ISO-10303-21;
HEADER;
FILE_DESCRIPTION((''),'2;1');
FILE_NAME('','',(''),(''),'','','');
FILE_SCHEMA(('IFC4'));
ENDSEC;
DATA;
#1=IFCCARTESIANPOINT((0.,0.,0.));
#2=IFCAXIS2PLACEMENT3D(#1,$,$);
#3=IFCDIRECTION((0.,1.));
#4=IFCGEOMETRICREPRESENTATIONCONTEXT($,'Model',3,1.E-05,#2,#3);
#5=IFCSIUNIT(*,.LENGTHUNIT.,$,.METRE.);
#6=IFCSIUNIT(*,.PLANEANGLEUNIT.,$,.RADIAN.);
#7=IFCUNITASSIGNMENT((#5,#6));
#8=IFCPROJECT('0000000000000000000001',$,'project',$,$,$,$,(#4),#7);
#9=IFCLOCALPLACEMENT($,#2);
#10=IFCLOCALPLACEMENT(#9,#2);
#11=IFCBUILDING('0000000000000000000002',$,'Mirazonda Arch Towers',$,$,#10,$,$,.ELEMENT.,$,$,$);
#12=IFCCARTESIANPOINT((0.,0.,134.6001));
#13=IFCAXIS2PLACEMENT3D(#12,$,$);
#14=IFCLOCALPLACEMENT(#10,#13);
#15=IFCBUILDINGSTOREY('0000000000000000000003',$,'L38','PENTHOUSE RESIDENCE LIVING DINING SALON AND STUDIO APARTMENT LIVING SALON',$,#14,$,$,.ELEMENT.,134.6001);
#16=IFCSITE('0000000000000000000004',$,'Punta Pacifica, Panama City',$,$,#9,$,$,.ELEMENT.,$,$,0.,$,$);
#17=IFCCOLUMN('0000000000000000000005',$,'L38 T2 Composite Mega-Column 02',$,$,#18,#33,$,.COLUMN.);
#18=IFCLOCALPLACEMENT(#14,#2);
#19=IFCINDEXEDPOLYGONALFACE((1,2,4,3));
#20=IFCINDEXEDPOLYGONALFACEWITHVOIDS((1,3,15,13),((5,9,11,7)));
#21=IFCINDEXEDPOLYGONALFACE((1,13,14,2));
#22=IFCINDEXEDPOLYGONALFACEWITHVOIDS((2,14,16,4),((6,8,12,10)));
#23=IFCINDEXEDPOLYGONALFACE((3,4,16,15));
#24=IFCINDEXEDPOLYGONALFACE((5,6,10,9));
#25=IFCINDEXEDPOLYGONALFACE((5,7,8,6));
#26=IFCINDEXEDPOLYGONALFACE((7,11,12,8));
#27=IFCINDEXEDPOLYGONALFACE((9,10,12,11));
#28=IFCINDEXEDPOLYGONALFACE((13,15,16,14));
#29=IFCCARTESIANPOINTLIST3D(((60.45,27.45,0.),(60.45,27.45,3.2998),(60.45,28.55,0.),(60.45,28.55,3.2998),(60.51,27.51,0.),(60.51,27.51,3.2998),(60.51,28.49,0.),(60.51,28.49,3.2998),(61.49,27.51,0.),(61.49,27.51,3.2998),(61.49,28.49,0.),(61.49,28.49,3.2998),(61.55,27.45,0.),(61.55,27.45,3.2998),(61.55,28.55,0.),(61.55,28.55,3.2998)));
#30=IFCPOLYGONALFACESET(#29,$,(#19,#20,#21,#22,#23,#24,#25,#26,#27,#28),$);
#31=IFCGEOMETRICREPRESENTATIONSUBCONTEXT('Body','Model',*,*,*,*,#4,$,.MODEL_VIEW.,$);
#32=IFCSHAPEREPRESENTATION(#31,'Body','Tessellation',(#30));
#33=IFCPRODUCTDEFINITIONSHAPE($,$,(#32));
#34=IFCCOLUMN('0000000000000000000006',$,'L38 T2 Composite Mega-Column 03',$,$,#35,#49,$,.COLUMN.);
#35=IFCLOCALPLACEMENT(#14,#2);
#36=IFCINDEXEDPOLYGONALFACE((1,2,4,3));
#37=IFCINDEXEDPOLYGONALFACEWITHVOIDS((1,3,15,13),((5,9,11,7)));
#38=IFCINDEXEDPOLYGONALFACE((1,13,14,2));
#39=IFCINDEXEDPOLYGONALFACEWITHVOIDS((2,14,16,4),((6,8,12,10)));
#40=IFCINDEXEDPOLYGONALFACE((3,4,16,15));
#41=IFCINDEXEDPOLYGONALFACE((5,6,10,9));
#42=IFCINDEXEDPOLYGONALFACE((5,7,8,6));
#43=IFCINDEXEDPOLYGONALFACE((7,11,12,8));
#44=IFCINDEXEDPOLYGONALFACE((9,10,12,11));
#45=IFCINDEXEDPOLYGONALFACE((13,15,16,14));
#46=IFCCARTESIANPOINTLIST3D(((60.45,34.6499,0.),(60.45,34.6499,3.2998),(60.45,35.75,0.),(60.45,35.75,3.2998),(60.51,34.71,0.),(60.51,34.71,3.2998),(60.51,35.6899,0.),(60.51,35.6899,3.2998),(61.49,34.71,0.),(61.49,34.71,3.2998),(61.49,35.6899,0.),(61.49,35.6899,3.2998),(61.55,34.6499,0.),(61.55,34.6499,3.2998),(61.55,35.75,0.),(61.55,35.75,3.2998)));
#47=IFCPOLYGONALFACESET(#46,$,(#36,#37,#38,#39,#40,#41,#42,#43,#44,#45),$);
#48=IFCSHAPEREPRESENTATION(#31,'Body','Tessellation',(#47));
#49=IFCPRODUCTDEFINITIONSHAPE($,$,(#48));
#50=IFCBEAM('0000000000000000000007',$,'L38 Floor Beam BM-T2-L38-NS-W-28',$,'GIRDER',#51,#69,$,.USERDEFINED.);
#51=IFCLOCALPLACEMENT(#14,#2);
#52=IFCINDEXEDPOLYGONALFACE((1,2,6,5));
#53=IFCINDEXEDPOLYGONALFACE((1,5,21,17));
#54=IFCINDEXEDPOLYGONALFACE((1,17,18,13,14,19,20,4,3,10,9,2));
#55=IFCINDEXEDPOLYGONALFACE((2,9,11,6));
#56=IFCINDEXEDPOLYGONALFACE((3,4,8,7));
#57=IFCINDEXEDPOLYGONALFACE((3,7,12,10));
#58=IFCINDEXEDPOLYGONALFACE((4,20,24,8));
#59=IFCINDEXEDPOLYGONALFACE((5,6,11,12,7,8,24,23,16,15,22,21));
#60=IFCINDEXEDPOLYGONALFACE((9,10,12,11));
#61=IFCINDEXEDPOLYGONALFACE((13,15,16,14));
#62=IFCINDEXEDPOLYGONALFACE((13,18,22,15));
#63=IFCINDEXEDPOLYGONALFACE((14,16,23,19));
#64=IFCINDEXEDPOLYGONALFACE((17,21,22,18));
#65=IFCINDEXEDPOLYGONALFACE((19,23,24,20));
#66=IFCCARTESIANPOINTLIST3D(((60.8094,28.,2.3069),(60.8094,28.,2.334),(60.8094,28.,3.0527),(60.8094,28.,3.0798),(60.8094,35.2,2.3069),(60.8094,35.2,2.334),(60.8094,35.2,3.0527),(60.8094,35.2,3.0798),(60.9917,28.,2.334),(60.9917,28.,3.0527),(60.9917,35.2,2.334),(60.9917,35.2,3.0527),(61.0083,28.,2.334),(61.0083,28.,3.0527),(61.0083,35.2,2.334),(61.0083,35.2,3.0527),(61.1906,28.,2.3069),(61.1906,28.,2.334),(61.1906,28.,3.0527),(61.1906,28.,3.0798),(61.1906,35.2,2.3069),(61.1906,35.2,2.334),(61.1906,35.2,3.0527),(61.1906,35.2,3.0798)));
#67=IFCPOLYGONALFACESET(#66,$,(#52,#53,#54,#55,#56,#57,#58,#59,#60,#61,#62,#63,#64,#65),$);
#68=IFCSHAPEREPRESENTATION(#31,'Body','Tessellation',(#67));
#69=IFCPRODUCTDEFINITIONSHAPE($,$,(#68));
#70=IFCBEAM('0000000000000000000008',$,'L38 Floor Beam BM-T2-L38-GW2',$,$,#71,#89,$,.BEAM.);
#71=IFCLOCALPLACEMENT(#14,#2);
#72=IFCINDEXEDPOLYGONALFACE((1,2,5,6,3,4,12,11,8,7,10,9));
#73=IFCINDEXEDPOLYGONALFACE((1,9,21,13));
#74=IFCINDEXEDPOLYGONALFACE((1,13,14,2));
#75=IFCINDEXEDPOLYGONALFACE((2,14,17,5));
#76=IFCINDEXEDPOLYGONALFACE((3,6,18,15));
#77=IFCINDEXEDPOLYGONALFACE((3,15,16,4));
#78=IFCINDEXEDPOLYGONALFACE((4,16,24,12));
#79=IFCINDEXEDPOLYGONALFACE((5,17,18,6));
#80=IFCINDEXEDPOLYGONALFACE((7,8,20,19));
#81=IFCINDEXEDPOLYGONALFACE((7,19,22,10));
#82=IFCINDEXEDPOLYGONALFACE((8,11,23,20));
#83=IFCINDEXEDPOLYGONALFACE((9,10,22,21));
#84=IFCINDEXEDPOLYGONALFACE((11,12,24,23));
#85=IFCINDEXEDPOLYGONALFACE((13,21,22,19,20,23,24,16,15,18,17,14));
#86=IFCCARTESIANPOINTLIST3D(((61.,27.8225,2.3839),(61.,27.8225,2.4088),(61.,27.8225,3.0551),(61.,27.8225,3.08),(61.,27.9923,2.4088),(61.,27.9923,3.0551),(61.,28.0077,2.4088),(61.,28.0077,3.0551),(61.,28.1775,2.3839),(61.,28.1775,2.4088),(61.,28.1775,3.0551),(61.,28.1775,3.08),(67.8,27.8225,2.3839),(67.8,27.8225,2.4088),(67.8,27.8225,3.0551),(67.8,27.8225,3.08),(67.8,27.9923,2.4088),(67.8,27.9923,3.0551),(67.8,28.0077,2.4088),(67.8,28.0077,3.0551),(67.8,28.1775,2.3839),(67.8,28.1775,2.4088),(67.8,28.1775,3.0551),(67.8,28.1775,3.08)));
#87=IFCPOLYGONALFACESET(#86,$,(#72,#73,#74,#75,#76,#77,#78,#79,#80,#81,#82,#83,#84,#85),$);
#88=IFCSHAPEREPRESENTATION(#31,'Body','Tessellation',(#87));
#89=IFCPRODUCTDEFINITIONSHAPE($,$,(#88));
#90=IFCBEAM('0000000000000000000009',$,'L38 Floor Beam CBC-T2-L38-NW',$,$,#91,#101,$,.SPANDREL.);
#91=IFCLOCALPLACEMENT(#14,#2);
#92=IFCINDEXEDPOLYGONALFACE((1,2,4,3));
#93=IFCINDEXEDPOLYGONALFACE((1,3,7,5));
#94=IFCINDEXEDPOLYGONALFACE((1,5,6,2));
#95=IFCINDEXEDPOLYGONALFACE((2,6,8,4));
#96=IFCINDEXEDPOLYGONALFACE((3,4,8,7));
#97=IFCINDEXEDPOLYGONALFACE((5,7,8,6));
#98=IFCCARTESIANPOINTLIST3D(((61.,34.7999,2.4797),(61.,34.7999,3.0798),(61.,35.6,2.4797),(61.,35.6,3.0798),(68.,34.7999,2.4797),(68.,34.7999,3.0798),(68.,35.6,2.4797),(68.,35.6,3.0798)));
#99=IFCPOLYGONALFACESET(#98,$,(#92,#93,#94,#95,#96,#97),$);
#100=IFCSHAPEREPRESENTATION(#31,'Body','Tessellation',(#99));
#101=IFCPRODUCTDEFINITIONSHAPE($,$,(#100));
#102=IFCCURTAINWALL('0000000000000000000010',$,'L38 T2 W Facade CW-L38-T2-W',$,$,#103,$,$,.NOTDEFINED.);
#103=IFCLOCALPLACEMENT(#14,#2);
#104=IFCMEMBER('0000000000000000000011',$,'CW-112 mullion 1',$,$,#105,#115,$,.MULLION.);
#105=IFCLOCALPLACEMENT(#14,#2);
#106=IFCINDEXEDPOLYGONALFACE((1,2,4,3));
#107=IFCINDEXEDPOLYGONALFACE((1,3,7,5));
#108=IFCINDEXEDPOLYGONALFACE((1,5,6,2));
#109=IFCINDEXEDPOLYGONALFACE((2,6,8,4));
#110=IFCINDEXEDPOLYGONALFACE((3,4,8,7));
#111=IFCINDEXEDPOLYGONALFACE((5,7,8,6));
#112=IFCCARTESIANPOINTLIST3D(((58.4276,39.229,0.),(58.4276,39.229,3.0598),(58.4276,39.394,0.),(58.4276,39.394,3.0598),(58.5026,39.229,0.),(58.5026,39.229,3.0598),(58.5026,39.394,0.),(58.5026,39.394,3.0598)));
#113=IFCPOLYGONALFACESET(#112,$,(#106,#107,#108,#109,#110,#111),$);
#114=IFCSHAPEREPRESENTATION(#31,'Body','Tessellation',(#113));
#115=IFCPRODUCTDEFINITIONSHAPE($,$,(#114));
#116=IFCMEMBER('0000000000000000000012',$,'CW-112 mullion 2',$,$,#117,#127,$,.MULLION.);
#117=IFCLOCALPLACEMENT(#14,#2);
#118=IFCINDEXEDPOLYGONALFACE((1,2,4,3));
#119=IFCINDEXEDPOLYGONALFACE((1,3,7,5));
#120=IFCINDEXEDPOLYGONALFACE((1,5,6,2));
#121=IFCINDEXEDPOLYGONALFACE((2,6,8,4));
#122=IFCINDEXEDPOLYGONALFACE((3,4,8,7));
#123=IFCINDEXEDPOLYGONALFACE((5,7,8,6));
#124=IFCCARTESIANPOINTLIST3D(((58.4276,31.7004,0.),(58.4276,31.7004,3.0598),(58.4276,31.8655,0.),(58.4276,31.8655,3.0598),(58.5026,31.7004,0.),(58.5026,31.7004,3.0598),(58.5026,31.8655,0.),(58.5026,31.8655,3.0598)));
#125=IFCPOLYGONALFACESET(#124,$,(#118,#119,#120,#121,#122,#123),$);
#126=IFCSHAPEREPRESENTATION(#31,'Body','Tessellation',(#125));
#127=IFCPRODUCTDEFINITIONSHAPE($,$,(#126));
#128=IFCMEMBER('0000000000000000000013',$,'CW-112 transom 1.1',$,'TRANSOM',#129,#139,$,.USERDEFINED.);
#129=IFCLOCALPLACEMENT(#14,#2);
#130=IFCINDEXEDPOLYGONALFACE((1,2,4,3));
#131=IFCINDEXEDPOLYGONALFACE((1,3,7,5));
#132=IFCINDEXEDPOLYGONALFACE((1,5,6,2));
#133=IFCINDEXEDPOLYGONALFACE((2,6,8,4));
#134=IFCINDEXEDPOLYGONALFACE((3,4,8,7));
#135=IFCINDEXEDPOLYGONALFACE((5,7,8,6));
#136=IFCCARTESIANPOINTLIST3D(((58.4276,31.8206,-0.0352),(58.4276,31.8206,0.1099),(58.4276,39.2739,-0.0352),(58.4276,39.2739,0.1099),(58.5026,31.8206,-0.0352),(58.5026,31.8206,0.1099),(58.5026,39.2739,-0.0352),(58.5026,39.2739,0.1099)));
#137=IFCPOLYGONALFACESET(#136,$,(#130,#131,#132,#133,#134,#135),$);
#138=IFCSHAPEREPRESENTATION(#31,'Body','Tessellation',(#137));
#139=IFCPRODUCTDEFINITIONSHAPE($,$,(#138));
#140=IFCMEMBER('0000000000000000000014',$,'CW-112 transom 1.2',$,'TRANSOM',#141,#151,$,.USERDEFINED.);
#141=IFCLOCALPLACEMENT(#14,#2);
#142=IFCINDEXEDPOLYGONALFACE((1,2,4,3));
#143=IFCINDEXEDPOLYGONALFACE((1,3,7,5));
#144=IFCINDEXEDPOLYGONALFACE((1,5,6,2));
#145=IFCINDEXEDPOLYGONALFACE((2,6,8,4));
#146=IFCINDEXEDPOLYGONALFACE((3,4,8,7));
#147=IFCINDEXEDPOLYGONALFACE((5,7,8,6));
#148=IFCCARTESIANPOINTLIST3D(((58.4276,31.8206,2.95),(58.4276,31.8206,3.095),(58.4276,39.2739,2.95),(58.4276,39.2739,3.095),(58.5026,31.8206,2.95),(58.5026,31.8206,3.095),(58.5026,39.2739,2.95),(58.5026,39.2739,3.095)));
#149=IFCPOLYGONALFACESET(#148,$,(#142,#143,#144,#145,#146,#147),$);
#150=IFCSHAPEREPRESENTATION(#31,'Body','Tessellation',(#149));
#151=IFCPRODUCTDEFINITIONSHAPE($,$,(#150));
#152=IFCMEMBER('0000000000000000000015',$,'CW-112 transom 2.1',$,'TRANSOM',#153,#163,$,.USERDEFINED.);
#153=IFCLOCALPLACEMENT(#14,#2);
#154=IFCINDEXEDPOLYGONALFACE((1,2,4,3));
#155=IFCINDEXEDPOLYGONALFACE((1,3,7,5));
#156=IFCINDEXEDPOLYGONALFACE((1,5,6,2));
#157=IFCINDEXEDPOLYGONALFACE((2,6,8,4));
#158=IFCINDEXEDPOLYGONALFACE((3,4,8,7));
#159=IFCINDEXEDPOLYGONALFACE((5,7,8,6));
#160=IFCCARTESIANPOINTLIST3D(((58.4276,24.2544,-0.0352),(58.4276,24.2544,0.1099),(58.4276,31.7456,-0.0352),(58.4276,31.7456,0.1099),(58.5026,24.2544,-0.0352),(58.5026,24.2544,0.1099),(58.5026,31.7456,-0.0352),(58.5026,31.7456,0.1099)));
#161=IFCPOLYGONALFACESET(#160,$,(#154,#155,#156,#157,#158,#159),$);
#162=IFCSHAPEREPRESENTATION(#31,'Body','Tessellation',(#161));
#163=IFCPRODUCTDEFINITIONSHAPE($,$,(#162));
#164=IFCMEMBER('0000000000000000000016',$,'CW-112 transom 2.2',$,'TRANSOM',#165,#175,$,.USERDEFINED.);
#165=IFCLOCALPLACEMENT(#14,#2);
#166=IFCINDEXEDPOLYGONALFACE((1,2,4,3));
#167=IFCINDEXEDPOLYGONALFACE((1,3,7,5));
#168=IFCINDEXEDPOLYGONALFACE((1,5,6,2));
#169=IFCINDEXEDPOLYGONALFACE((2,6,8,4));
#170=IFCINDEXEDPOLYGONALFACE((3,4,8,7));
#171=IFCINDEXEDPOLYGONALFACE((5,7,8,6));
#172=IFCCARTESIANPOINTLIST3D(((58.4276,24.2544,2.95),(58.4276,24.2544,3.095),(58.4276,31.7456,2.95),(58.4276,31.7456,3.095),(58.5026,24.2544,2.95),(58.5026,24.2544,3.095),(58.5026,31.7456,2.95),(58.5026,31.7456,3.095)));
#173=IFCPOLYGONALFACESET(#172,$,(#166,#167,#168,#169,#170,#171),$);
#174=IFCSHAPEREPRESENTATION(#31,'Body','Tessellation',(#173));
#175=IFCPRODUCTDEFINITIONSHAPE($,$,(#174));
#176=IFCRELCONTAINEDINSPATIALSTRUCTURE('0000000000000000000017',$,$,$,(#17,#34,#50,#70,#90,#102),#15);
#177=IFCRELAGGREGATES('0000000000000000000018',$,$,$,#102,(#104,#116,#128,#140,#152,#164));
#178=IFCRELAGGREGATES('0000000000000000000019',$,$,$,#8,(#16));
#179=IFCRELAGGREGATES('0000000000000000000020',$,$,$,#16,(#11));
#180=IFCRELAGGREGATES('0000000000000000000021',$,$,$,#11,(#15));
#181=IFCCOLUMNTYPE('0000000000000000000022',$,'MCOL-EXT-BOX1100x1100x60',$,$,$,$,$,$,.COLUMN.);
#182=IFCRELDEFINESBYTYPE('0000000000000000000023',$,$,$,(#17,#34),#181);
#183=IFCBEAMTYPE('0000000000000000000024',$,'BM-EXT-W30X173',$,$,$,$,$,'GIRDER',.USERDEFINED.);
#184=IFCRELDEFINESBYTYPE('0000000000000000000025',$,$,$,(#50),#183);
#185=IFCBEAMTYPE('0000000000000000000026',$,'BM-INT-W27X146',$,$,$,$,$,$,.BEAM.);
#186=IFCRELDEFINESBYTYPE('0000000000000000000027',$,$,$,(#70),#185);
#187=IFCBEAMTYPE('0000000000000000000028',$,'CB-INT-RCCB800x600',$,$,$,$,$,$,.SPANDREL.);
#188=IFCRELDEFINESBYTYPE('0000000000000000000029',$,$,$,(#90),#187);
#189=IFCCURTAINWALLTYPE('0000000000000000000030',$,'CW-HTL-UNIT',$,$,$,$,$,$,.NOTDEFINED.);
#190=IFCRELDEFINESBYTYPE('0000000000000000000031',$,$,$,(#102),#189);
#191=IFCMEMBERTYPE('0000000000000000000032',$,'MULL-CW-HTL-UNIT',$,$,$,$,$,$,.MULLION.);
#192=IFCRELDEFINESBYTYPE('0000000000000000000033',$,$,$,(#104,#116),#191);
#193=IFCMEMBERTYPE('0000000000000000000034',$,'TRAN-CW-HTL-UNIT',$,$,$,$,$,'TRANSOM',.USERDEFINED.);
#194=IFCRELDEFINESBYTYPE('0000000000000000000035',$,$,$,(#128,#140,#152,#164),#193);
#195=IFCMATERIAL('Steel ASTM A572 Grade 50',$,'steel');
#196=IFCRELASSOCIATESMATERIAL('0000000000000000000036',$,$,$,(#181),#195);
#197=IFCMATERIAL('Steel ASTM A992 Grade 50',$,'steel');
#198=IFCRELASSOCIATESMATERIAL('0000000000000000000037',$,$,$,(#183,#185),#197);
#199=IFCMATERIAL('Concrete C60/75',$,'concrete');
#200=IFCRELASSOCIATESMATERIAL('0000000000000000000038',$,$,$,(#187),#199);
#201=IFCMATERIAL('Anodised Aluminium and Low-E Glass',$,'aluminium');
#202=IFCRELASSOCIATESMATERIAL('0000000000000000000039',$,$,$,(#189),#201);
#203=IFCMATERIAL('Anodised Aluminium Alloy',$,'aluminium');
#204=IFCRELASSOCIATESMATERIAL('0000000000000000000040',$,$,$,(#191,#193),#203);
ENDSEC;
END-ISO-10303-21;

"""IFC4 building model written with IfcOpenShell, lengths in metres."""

from ifc_helpers import new_model, si_unit, direction, frame, origin, origin_2d, place, context, subcontext, project, spatial, rectangle, hollow_rectangle, i_section, extrude, material, material_profile, profile_set, type_object, element, aggregate, save


model = new_model("IFC4")

# Units and contexts
model_context = context("Model", 3, precision=1e-05, world=origin(), true_north=direction((0.0, 1.0)))
body_context = subcontext(model_context, "Body", "Model", "MODEL_VIEW")
ifc_project = project(units=[si_unit("LENGTHUNIT", "METRE"), si_unit("PLANEANGLEUNIT", "RADIAN")], contexts=[model_context])

# Site, building, storey
site_placement = place(None, origin())
site = spatial("IfcSite", under=ifc_project, at=site_placement, Name="Punta Pacifica, Panama City", CompositionType="ELEMENT", RefElevation=0.0)
building_placement = place(site_placement, origin())
building = spatial("IfcBuilding", under=site, at=building_placement, Name="Mirazonda Arch Towers", CompositionType="ELEMENT")
storey_placement = place(building_placement, frame((0.0, 0.0, 134.6001)))
storey = spatial("IfcBuildingStorey", under=building, at=storey_placement, Name="L38", Description="PENTHOUSE RESIDENCE LIVING DINING SALON AND STUDIO APARTMENT LIVING SALON", CompositionType="ELEMENT", Elevation=134.6001)

# Columns
ifc_material_1 = material(Name="Steel ASTM A572 Grade 50", Category="steel")
ifc_material_profile_1 = material_profile(ifc_material_1, hollow_rectangle(XDim=1.1001, YDim=1.1001, WallThickness=0.0601, at=origin_2d()), Name="BOX1100x1100x60")
ifc_profile_set_1 = profile_set([ifc_material_profile_1], Name="Steel ASTM A572 Grade 50")
column_type = type_object("IfcColumnType", Name="MCOL-EXT-BOX1100x1100x60", PredefinedType="COLUMN", material=ifc_profile_set_1)
for number, where, z_axis, x_axis, name in (
    (1, (61.0, 28.0, 0.0), (0.0, 0.0, 1.0), (1.0, 0.0, 0.0), "L38 T2 Composite Mega-Column 02"),
    (2, (61.0, 35.2, 0.0), (0.0, 0.0, 1.0), (1.0, 0.0, 0.0), "L38 T2 Composite Mega-Column 03"),
):
    element("IfcColumn", number, at=place(storey_placement, frame(where, z_axis=z_axis, x_axis=x_axis)), inside=storey, type_object=column_type, Name=name, PredefinedType="COLUMN", context=body_context, shape_type="SweptSolid", body=[
        extrude(hollow_rectangle(XDim=1.1001, YDim=1.1001, WallThickness=0.0601, at=origin_2d()), origin(), (0.0, 0.0, 1.0), 3.2998),
    ])

# Beams
ifc_material_2 = material(Name="Steel ASTM A992 Grade 50", Category="steel")
ifc_material_profile_2 = material_profile(ifc_material_2, i_section(OverallWidth=0.3811, OverallDepth=0.7729, WebThickness=0.0166, FlangeThickness=0.0271, at=origin_2d()), Name="W30X173")
ifc_profile_set_2 = profile_set([ifc_material_profile_2], Name="Steel ASTM A992 Grade 50")
beam_type_1 = type_object("IfcBeamType", Name="BM-EXT-W30X173", ElementType="GIRDER", PredefinedType="USERDEFINED", material=ifc_profile_set_2)
beam_1_placement = place(storey_placement, frame((61.0, 28.0, 2.6934), z_axis=(0.0, 1.0, 0.0), x_axis=(-1.0, 0.0, 0.0)))
element("IfcBeam", 3, at=beam_1_placement, inside=storey, type_object=beam_type_1, Name="L38 Floor Beam BM-T2-L38-NS-W-28", ObjectType="GIRDER", PredefinedType="USERDEFINED", context=body_context, shape_type="SweptSolid", body=[
    extrude(i_section(OverallWidth=0.3811, OverallDepth=0.7729, WebThickness=0.0166, FlangeThickness=0.0271, at=origin_2d()), origin(), (0.0, 0.0, 1.0), 7.2),
])
ifc_material_profile_3 = material_profile(ifc_material_2, i_section(OverallWidth=0.355, OverallDepth=0.696, WebThickness=0.0154, FlangeThickness=0.0249, at=origin_2d()), Name="W27X146")
ifc_profile_set_3 = profile_set([ifc_material_profile_3], Name="Steel ASTM A992 Grade 50")
beam_type_2 = type_object("IfcBeamType", Name="BM-INT-W27X146", PredefinedType="BEAM", material=ifc_profile_set_3)
beam_2_placement = place(storey_placement, frame((61.0, 28.0, 2.7319), z_axis=(1.0, 0.0, 0.0), x_axis=(0.0, 1.0, 0.0)))
element("IfcBeam", 4, at=beam_2_placement, inside=storey, type_object=beam_type_2, Name="L38 Floor Beam BM-T2-L38-GW2", PredefinedType="BEAM", context=body_context, shape_type="SweptSolid", body=[
    extrude(i_section(OverallWidth=0.355, OverallDepth=0.696, WebThickness=0.0154, FlangeThickness=0.0249, at=origin_2d()), origin(), (0.0, 0.0, 1.0), 6.8),
])
ifc_material_3 = material(Name="Concrete C60/75", Category="concrete")
ifc_material_profile_4 = material_profile(ifc_material_3, rectangle(XDim=0.8, YDim=0.6001, at=origin_2d()), Name="RCCB800x600")
ifc_profile_set_4 = profile_set([ifc_material_profile_4], Name="Concrete C60/75")
beam_type_3 = type_object("IfcBeamType", Name="CB-INT-RCCB800x600", PredefinedType="SPANDREL", material=ifc_profile_set_4)
beam_3_placement = place(storey_placement, frame((61.0, 35.2, 2.7798), z_axis=(1.0, 0.0, 0.0), x_axis=(0.0, 1.0, 0.0)))
element("IfcBeam", 5, at=beam_3_placement, inside=storey, type_object=beam_type_3, Name="L38 Floor Beam CBC-T2-L38-NW", PredefinedType="SPANDREL", context=body_context, shape_type="SweptSolid", body=[
    extrude(rectangle(XDim=0.8, YDim=0.6001, at=origin_2d()), origin(), (0.0, 0.0, 1.0), 7.0),
])

# Curtain wall, members
ifc_material_4 = material(Name="Anodised Aluminium and Low-E Glass", Category="aluminium")
curtain_wall_type = type_object("IfcCurtainWallType", Name="CW-HTL-UNIT", PredefinedType="NOTDEFINED", material=ifc_material_4)
curtain_wall_placement = place(storey_placement, origin())
curtain_wall = element("IfcCurtainWall", 6, at=curtain_wall_placement, inside=storey, type_object=curtain_wall_type, Name="L38 T2 W Facade CW-L38-T2-W", PredefinedType="NOTDEFINED")
ifc_material_5 = material(Name="Anodised Aluminium Alloy", Category="aluminium")
ifc_material_profile_5 = material_profile(ifc_material_5, rectangle(XDim=0.075, YDim=0.165, at=origin_2d()), Name="ALU-MULL-75x165")
ifc_profile_set_5 = profile_set([ifc_material_profile_5], Name="Anodised Aluminium Alloy")
member_type_1 = type_object("IfcMemberType", Name="MULL-CW-HTL-UNIT", PredefinedType="MULLION", material=ifc_profile_set_5)
member_1_placement = place(storey_placement, frame((58.4651, 39.3115, 0.0), z_axis=(0.0, 0.0, 1.0), x_axis=(1.0, 0.0, 0.0)))
member_1 = element("IfcMember", 7, at=member_1_placement, type_object=member_type_1, Name="CW-112 mullion 1", PredefinedType="MULLION", context=body_context, shape_type="SweptSolid", body=[
    extrude(rectangle(XDim=0.075, YDim=0.165, at=origin_2d()), origin(), (0.0, 0.0, 1.0), 3.0598),
])
member_2_placement = place(storey_placement, frame((58.4651, 31.783, 0.0), z_axis=(0.0, 0.0, 1.0), x_axis=(1.0, 0.0, 0.0)))
member_2 = element("IfcMember", 8, at=member_2_placement, type_object=member_type_1, Name="CW-112 mullion 2", PredefinedType="MULLION", context=body_context, shape_type="SweptSolid", body=[
    extrude(rectangle(XDim=0.075, YDim=0.165, at=origin_2d()), origin(), (0.0, 0.0, 1.0), 3.0598),
])
ifc_material_profile_6 = material_profile(ifc_material_5, rectangle(XDim=0.075, YDim=0.145, at=origin_2d()), Name="ALU-TRAN-75x145")
ifc_profile_set_6 = profile_set([ifc_material_profile_6], Name="Anodised Aluminium Alloy")
member_type_2 = type_object("IfcMemberType", Name="TRAN-CW-HTL-UNIT", ElementType="TRANSOM", PredefinedType="USERDEFINED", material=ifc_profile_set_6)
member_3_placement = place(storey_placement, frame((58.4651, 39.2739, 0.0374), z_axis=(0.0, -1.0, 0.0), x_axis=(1.0, 0.0, 0.0)))
member_3 = element("IfcMember", 9, at=member_3_placement, type_object=member_type_2, Name="CW-112 transom 1.1", ObjectType="TRANSOM", PredefinedType="USERDEFINED", context=body_context, shape_type="SweptSolid", body=[
    extrude(rectangle(XDim=0.075, YDim=0.145, at=origin_2d()), origin(), (0.0, 0.0, 1.0), 7.4534),
])
member_4_placement = place(storey_placement, frame((58.4651, 39.2739, 3.0225), z_axis=(0.0, -1.0, 0.0), x_axis=(1.0, 0.0, 0.0)))
member_4 = element("IfcMember", 10, at=member_4_placement, type_object=member_type_2, Name="CW-112 transom 1.2", ObjectType="TRANSOM", PredefinedType="USERDEFINED", context=body_context, shape_type="SweptSolid", body=[
    extrude(rectangle(XDim=0.075, YDim=0.145, at=origin_2d()), origin(), (0.0, 0.0, 1.0), 7.4534),
])
member_5_placement = place(storey_placement, frame((58.4651, 31.7456, 0.0374), z_axis=(0.0, -1.0, 0.0), x_axis=(1.0, 0.0, 0.0)))
member_5 = element("IfcMember", 11, at=member_5_placement, type_object=member_type_2, Name="CW-112 transom 2.1", ObjectType="TRANSOM", PredefinedType="USERDEFINED", context=body_context, shape_type="SweptSolid", body=[
    extrude(rectangle(XDim=0.075, YDim=0.145, at=origin_2d()), origin(), (0.0, 0.0, 1.0), 7.4912),
])
member_6_placement = place(storey_placement, frame((58.4651, 31.7456, 3.0225), z_axis=(0.0, -1.0, 0.0), x_axis=(1.0, 0.0, 0.0)))
member_6 = element("IfcMember", 12, at=member_6_placement, type_object=member_type_2, Name="CW-112 transom 2.2", ObjectType="TRANSOM", PredefinedType="USERDEFINED", context=body_context, shape_type="SweptSolid", body=[
    extrude(rectangle(XDim=0.075, YDim=0.145, at=origin_2d()), origin(), (0.0, 0.0, 1.0), 7.4912),
])
aggregate(curtain_wall, [member_1, member_2, member_3, member_4, member_5, member_6])

save(model, "model.ifc")
